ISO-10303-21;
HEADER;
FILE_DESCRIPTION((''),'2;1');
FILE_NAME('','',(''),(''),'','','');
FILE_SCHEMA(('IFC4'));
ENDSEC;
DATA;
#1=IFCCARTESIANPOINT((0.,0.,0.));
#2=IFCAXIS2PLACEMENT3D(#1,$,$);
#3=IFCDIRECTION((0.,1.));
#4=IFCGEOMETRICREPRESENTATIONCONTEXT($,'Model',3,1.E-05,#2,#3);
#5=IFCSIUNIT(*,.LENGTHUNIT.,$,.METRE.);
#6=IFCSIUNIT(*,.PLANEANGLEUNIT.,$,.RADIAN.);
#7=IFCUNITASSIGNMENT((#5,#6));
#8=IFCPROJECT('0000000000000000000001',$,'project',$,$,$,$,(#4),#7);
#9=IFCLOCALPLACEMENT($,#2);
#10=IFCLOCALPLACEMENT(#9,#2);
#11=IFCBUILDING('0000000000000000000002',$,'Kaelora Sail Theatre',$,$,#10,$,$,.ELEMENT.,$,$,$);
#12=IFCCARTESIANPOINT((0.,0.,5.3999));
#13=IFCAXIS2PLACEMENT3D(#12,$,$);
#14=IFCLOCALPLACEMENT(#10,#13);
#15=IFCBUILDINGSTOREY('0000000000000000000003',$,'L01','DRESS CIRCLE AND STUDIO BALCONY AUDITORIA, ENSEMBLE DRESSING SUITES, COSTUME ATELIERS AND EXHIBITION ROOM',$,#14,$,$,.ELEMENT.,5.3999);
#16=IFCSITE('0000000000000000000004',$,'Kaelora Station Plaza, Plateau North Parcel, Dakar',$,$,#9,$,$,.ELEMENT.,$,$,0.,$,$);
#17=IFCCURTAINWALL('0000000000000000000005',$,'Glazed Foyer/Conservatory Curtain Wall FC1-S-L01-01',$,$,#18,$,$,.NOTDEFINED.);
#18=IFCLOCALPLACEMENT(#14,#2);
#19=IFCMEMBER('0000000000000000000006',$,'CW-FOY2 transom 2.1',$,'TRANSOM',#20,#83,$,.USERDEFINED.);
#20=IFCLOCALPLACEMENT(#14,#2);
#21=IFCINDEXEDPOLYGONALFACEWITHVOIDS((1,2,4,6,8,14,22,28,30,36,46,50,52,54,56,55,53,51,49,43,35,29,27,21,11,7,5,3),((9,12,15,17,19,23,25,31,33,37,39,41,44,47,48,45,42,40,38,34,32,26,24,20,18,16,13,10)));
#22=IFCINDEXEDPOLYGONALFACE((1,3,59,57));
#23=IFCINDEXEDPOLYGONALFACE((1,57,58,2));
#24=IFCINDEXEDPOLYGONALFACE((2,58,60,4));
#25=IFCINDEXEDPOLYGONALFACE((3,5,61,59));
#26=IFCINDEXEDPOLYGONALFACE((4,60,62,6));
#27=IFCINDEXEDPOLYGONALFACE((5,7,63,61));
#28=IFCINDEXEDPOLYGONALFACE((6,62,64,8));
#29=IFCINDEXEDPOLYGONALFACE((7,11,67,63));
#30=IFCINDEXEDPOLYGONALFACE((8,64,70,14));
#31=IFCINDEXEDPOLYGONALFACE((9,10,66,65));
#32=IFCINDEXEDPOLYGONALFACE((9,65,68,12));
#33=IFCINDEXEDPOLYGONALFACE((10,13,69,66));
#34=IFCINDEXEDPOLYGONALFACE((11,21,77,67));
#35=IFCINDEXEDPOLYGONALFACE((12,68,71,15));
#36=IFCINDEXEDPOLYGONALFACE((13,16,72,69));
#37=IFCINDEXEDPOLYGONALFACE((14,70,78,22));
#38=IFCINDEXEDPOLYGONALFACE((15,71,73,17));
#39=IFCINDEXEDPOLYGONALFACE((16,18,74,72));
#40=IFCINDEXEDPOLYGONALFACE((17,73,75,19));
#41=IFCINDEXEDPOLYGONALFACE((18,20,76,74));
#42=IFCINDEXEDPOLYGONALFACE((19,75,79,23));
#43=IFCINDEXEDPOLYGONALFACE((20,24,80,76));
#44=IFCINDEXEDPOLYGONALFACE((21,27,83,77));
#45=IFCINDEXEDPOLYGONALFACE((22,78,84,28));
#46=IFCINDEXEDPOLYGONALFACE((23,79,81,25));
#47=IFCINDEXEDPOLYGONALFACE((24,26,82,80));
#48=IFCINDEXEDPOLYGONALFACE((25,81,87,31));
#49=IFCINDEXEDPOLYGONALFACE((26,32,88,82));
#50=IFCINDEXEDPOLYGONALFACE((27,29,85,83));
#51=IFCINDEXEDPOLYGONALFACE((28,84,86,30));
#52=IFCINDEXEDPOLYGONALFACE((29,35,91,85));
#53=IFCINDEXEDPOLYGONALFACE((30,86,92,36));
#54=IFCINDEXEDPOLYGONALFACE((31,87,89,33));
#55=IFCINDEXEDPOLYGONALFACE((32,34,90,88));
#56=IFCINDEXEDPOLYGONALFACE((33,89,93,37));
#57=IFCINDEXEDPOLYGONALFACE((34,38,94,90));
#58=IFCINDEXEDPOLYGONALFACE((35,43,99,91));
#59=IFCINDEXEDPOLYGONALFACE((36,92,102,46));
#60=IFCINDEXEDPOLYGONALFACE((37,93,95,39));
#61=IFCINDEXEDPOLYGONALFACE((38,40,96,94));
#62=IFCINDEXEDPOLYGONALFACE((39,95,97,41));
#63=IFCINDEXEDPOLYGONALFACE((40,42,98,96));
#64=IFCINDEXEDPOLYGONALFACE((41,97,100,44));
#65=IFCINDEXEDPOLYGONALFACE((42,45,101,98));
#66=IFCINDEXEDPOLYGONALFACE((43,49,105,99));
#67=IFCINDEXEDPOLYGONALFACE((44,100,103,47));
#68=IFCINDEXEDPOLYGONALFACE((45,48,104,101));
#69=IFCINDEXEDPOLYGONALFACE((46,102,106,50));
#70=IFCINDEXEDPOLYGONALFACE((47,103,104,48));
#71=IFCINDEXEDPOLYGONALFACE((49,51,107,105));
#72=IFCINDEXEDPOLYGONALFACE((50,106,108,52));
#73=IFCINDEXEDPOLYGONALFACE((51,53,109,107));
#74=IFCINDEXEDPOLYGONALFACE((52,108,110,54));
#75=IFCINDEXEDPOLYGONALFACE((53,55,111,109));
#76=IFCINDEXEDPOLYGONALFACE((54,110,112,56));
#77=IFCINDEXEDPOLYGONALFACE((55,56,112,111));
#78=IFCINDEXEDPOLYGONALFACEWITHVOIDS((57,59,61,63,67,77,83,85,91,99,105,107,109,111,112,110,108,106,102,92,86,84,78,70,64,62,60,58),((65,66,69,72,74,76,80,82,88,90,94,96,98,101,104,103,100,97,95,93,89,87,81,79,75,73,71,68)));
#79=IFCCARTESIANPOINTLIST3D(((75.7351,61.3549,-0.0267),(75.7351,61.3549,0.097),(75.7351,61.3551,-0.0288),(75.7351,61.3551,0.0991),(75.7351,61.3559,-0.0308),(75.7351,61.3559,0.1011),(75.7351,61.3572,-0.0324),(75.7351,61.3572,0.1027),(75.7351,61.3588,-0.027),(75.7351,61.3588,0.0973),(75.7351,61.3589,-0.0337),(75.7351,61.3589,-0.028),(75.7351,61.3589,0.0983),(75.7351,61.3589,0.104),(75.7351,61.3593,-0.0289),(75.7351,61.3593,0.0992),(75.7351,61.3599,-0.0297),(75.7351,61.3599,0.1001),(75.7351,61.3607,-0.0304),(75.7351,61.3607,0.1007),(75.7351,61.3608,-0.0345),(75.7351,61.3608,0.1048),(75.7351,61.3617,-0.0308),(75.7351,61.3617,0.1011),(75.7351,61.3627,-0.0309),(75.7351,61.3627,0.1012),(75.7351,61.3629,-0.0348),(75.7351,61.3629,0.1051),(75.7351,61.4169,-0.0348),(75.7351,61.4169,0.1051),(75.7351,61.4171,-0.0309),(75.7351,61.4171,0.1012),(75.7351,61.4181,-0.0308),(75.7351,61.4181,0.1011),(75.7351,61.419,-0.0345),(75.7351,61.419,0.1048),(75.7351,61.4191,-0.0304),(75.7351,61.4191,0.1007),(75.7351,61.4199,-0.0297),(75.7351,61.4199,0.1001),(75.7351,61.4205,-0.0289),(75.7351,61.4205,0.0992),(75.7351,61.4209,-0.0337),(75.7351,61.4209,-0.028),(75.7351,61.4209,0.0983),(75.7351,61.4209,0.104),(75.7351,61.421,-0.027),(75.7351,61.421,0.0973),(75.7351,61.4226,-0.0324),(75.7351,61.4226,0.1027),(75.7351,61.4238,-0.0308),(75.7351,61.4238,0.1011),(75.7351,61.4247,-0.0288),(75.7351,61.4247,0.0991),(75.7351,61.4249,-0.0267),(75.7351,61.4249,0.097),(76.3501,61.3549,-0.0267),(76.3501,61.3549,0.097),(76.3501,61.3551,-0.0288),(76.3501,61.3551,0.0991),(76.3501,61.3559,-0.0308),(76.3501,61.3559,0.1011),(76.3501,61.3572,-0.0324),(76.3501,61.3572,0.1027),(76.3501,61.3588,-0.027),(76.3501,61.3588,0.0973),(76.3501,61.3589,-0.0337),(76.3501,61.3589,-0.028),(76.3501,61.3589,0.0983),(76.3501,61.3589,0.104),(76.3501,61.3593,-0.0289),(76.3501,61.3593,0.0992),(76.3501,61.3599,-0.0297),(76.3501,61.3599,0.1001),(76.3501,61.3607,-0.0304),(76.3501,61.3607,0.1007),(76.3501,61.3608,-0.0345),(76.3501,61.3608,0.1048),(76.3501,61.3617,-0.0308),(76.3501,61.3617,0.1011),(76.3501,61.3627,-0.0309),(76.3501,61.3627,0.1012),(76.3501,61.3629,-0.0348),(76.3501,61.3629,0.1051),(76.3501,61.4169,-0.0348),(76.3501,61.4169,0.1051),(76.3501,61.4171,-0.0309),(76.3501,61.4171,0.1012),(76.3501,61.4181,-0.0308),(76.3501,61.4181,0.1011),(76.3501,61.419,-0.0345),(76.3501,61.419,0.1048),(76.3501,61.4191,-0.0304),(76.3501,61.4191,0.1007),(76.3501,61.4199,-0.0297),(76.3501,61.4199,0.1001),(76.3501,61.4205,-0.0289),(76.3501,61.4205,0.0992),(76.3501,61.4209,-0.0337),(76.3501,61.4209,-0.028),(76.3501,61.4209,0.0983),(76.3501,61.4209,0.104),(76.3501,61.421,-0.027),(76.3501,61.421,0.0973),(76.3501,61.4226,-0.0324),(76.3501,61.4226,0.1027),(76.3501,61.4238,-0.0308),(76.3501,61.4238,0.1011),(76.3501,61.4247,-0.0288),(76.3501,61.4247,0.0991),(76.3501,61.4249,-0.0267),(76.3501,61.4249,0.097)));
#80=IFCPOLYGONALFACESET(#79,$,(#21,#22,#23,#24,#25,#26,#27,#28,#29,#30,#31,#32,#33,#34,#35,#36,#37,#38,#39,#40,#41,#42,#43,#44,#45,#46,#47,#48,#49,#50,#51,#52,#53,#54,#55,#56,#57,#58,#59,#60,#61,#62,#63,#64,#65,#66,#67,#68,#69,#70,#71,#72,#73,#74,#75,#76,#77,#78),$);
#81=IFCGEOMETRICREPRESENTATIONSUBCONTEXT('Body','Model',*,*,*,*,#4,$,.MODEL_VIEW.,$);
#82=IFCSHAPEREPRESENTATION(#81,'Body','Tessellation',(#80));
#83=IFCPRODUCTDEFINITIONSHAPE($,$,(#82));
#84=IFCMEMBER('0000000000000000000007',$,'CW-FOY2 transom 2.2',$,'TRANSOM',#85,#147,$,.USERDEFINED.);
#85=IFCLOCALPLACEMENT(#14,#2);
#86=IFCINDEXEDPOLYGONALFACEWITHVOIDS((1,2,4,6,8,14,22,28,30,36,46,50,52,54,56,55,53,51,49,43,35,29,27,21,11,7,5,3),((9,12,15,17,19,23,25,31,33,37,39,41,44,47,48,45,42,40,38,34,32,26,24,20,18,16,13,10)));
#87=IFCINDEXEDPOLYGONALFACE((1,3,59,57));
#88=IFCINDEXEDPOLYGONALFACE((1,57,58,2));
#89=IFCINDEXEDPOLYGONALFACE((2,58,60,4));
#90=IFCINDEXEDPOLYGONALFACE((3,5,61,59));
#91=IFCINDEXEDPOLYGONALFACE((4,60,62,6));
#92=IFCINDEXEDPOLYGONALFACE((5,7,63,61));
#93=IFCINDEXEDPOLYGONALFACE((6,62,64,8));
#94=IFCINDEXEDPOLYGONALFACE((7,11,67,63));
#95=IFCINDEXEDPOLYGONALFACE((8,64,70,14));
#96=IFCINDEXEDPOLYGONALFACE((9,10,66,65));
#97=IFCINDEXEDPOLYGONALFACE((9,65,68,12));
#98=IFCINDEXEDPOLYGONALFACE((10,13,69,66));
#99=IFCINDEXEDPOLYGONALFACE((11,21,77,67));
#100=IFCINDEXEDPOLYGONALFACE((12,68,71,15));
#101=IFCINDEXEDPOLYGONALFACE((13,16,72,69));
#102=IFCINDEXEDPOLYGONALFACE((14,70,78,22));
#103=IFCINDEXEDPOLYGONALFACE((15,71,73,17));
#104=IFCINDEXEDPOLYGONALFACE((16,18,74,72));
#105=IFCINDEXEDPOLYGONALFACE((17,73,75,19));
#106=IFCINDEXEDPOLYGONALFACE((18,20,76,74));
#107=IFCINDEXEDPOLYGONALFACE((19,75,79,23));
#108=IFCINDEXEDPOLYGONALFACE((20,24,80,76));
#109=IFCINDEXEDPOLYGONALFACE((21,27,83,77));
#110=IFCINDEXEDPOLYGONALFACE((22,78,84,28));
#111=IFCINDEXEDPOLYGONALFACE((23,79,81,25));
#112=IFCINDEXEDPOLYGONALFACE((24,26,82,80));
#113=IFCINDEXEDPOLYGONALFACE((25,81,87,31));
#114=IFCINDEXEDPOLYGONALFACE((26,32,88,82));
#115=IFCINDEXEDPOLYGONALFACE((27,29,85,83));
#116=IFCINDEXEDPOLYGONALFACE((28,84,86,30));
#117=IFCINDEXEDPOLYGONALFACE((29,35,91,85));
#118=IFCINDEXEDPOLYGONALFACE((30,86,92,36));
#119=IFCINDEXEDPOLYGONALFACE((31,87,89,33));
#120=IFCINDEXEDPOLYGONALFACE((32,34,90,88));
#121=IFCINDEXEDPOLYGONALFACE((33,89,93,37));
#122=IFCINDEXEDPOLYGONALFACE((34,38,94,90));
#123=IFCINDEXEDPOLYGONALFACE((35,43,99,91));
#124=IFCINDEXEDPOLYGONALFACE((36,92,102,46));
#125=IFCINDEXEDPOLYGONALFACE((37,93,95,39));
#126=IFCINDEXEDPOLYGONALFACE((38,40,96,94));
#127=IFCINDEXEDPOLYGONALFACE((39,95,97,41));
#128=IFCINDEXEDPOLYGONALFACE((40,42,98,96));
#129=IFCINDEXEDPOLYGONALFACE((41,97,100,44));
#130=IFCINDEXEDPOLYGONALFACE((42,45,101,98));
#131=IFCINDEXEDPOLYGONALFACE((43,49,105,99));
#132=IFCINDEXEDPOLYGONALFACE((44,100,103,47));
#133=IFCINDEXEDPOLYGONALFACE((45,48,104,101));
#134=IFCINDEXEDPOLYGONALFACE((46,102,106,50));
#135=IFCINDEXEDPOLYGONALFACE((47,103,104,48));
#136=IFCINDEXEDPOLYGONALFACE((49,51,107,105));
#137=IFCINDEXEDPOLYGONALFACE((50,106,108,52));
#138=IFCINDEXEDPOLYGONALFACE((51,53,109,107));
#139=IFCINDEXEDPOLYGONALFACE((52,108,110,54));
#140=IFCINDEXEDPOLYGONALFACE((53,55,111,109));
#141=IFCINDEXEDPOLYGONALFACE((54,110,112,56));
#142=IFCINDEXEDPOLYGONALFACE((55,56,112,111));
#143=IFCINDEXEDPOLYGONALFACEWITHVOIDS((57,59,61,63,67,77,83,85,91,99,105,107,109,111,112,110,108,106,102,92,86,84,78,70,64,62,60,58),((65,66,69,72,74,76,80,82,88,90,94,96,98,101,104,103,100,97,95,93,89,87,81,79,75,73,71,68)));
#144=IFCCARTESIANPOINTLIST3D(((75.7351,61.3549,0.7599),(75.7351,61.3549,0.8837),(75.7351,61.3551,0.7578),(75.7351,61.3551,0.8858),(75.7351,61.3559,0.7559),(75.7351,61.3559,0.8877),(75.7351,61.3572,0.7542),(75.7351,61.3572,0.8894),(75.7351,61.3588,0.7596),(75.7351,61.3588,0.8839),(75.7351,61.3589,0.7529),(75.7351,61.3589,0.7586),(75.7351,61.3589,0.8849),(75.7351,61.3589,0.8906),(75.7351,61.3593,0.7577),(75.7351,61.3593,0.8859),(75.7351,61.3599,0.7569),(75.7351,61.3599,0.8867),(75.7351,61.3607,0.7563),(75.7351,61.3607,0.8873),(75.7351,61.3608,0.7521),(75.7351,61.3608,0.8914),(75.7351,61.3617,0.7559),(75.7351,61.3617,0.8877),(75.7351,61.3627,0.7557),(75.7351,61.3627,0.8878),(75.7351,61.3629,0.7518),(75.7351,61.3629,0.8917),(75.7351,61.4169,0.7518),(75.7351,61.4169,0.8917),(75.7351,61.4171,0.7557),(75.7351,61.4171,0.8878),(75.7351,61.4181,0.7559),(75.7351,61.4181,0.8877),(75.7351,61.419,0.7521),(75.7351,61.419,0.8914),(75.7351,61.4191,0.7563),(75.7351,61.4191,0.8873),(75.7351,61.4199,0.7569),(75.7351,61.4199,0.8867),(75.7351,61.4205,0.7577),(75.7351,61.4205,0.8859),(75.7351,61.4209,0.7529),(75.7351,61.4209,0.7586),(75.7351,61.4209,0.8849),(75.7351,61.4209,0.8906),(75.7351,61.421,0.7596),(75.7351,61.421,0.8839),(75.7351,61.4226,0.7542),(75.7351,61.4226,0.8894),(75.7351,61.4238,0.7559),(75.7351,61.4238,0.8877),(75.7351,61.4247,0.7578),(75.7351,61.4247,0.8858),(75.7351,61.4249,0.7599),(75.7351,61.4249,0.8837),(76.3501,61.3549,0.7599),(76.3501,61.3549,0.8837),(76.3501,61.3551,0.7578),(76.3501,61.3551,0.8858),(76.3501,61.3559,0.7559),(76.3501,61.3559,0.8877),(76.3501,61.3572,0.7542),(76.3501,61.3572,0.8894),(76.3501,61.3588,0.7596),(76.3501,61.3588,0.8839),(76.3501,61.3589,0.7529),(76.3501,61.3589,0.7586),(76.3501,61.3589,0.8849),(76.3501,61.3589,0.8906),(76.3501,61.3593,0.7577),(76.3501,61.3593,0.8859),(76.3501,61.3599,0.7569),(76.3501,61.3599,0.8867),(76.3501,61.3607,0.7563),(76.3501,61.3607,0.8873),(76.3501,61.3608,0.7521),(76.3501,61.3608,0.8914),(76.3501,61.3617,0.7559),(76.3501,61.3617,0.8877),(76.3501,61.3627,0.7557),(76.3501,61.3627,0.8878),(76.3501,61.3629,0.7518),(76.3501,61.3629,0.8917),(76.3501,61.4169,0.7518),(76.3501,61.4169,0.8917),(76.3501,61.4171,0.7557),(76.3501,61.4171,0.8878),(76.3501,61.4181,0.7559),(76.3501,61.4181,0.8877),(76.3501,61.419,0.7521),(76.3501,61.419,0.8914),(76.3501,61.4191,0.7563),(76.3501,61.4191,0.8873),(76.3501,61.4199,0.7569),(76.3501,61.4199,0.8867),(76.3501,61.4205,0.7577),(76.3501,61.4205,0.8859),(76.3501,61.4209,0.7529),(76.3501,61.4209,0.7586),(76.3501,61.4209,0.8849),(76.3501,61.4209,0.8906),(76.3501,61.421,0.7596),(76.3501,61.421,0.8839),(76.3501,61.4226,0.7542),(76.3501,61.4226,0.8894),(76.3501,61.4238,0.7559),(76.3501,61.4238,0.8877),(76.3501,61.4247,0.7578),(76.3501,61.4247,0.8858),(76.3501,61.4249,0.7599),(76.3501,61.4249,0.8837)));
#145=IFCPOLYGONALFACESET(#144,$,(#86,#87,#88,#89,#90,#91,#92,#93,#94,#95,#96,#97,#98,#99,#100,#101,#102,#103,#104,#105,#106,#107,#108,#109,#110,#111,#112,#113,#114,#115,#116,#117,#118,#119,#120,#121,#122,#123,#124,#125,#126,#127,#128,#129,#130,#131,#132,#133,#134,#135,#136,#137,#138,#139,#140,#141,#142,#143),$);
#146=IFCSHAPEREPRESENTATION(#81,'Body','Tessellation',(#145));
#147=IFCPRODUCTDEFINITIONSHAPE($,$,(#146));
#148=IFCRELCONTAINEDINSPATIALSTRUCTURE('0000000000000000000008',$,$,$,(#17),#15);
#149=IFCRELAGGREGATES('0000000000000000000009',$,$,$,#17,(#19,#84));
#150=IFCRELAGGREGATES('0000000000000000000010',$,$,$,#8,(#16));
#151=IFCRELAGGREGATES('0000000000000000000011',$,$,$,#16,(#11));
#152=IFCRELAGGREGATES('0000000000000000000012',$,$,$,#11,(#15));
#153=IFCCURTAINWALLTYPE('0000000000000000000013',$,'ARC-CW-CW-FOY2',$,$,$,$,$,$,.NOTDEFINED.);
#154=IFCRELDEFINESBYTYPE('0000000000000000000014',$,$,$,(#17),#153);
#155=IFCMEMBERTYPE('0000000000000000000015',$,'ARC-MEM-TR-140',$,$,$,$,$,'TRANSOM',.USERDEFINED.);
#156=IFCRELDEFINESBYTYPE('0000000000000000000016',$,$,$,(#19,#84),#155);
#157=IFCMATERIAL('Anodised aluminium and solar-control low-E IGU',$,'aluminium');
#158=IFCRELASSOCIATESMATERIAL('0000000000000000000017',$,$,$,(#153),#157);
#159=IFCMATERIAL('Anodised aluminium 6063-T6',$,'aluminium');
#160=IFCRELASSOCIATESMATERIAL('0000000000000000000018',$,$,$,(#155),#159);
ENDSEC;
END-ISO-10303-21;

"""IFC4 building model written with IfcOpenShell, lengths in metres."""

from ifc_helpers import new_model, si_unit, direction, frame, origin, origin_2d, place, context, subcontext, project, spatial, hollow_rectangle, extrude, material, material_profile, profile_set, type_object, element, aggregate, save


model = new_model("IFC4")

# Units and contexts
model_context = context("Model", 3, precision=1e-05, world=origin(), true_north=direction((0.0, 1.0)))
body_context = subcontext(model_context, "Body", "Model", "MODEL_VIEW")
ifc_project = project(units=[si_unit("LENGTHUNIT", "METRE"), si_unit("PLANEANGLEUNIT", "RADIAN")], contexts=[model_context])

# Site, building, storey
site_placement = place(None, origin())
site = spatial("IfcSite", under=ifc_project, at=site_placement, Name="Kaelora Station Plaza, Plateau North Parcel, Dakar", CompositionType="ELEMENT", RefElevation=0.0)
building_placement = place(site_placement, origin())
building = spatial("IfcBuilding", under=site, at=building_placement, Name="Kaelora Sail Theatre", CompositionType="ELEMENT")
storey_placement = place(building_placement, frame((0.0, 0.0, 5.3999)))
storey = spatial("IfcBuildingStorey", under=building, at=storey_placement, Name="L01", Description="DRESS CIRCLE AND STUDIO BALCONY AUDITORIA, ENSEMBLE DRESSING SUITES, COSTUME ATELIERS AND EXHIBITION ROOM", CompositionType="ELEMENT", Elevation=5.3999)

# Curtain wall
ifc_material_1 = material(Name="Anodised aluminium and solar-control low-E IGU", Category="aluminium")
curtain_wall_type = type_object("IfcCurtainWallType", Name="ARC-CW-CW-FOY2", PredefinedType="NOTDEFINED", material=ifc_material_1)
curtain_wall_1_placement = place(storey_placement, origin())
curtain_wall_1 = element("IfcCurtainWall", 1, at=curtain_wall_1_placement, inside=storey, type_object=curtain_wall_type, Name="Glazed Foyer/Conservatory Curtain Wall FC1-S-L01-01", PredefinedType="NOTDEFINED")

# Members
ifc_material_2 = material(Name="Anodised aluminium 6063-T6", Category="aluminium")
ifc_material_profile_1 = material_profile(ifc_material_2, hollow_rectangle(XDim=0.0701, YDim=0.1399, WallThickness=0.0039, InnerFilletRadius=0.0039, OuterFilletRadius=0.0081, at=origin_2d()), Name="ALU-TRAN 70x140x4")
ifc_profile_set_1 = profile_set([ifc_material_profile_1], Name="Anodised aluminium 6063-T6")
member_type_1 = type_object("IfcMemberType", Name="ARC-MEM-TR-140", ElementType="TRANSOM", PredefinedType="USERDEFINED", material=ifc_profile_set_1)
member_1_placement = place(storey_placement, frame((75.7351, 61.3899, 0.0352), z_axis=(1.0, 0.0, 0.0), x_axis=(0.0, 1.0, 0.0)))
member_1 = element("IfcMember", 2, at=member_1_placement, type_object=member_type_1, Name="CW-FOY2 transom 2.1", ObjectType="TRANSOM", PredefinedType="USERDEFINED", context=body_context, shape_type="SweptSolid", body=[
    extrude(hollow_rectangle(XDim=0.0701, YDim=0.1399, WallThickness=0.0039, InnerFilletRadius=0.0039, OuterFilletRadius=0.0081, at=origin_2d()), origin(), (0.0, 0.0, 1.0), 0.615),
])
member_2_placement = place(storey_placement, frame((75.7351, 61.3899, 0.8218), z_axis=(1.0, 0.0, 0.0), x_axis=(0.0, 1.0, 0.0)))
member_2 = element("IfcMember", 3, at=member_2_placement, type_object=member_type_1, Name="CW-FOY2 transom 2.2", ObjectType="TRANSOM", PredefinedType="USERDEFINED", context=body_context, shape_type="SweptSolid", body=[
    extrude(hollow_rectangle(XDim=0.0701, YDim=0.1399, WallThickness=0.0039, InnerFilletRadius=0.0039, OuterFilletRadius=0.0081, at=origin_2d()), origin(), (0.0, 0.0, 1.0), 0.615),
])

aggregate(curtain_wall_1, [member_1, member_2])

save(model, "model.ifc")
